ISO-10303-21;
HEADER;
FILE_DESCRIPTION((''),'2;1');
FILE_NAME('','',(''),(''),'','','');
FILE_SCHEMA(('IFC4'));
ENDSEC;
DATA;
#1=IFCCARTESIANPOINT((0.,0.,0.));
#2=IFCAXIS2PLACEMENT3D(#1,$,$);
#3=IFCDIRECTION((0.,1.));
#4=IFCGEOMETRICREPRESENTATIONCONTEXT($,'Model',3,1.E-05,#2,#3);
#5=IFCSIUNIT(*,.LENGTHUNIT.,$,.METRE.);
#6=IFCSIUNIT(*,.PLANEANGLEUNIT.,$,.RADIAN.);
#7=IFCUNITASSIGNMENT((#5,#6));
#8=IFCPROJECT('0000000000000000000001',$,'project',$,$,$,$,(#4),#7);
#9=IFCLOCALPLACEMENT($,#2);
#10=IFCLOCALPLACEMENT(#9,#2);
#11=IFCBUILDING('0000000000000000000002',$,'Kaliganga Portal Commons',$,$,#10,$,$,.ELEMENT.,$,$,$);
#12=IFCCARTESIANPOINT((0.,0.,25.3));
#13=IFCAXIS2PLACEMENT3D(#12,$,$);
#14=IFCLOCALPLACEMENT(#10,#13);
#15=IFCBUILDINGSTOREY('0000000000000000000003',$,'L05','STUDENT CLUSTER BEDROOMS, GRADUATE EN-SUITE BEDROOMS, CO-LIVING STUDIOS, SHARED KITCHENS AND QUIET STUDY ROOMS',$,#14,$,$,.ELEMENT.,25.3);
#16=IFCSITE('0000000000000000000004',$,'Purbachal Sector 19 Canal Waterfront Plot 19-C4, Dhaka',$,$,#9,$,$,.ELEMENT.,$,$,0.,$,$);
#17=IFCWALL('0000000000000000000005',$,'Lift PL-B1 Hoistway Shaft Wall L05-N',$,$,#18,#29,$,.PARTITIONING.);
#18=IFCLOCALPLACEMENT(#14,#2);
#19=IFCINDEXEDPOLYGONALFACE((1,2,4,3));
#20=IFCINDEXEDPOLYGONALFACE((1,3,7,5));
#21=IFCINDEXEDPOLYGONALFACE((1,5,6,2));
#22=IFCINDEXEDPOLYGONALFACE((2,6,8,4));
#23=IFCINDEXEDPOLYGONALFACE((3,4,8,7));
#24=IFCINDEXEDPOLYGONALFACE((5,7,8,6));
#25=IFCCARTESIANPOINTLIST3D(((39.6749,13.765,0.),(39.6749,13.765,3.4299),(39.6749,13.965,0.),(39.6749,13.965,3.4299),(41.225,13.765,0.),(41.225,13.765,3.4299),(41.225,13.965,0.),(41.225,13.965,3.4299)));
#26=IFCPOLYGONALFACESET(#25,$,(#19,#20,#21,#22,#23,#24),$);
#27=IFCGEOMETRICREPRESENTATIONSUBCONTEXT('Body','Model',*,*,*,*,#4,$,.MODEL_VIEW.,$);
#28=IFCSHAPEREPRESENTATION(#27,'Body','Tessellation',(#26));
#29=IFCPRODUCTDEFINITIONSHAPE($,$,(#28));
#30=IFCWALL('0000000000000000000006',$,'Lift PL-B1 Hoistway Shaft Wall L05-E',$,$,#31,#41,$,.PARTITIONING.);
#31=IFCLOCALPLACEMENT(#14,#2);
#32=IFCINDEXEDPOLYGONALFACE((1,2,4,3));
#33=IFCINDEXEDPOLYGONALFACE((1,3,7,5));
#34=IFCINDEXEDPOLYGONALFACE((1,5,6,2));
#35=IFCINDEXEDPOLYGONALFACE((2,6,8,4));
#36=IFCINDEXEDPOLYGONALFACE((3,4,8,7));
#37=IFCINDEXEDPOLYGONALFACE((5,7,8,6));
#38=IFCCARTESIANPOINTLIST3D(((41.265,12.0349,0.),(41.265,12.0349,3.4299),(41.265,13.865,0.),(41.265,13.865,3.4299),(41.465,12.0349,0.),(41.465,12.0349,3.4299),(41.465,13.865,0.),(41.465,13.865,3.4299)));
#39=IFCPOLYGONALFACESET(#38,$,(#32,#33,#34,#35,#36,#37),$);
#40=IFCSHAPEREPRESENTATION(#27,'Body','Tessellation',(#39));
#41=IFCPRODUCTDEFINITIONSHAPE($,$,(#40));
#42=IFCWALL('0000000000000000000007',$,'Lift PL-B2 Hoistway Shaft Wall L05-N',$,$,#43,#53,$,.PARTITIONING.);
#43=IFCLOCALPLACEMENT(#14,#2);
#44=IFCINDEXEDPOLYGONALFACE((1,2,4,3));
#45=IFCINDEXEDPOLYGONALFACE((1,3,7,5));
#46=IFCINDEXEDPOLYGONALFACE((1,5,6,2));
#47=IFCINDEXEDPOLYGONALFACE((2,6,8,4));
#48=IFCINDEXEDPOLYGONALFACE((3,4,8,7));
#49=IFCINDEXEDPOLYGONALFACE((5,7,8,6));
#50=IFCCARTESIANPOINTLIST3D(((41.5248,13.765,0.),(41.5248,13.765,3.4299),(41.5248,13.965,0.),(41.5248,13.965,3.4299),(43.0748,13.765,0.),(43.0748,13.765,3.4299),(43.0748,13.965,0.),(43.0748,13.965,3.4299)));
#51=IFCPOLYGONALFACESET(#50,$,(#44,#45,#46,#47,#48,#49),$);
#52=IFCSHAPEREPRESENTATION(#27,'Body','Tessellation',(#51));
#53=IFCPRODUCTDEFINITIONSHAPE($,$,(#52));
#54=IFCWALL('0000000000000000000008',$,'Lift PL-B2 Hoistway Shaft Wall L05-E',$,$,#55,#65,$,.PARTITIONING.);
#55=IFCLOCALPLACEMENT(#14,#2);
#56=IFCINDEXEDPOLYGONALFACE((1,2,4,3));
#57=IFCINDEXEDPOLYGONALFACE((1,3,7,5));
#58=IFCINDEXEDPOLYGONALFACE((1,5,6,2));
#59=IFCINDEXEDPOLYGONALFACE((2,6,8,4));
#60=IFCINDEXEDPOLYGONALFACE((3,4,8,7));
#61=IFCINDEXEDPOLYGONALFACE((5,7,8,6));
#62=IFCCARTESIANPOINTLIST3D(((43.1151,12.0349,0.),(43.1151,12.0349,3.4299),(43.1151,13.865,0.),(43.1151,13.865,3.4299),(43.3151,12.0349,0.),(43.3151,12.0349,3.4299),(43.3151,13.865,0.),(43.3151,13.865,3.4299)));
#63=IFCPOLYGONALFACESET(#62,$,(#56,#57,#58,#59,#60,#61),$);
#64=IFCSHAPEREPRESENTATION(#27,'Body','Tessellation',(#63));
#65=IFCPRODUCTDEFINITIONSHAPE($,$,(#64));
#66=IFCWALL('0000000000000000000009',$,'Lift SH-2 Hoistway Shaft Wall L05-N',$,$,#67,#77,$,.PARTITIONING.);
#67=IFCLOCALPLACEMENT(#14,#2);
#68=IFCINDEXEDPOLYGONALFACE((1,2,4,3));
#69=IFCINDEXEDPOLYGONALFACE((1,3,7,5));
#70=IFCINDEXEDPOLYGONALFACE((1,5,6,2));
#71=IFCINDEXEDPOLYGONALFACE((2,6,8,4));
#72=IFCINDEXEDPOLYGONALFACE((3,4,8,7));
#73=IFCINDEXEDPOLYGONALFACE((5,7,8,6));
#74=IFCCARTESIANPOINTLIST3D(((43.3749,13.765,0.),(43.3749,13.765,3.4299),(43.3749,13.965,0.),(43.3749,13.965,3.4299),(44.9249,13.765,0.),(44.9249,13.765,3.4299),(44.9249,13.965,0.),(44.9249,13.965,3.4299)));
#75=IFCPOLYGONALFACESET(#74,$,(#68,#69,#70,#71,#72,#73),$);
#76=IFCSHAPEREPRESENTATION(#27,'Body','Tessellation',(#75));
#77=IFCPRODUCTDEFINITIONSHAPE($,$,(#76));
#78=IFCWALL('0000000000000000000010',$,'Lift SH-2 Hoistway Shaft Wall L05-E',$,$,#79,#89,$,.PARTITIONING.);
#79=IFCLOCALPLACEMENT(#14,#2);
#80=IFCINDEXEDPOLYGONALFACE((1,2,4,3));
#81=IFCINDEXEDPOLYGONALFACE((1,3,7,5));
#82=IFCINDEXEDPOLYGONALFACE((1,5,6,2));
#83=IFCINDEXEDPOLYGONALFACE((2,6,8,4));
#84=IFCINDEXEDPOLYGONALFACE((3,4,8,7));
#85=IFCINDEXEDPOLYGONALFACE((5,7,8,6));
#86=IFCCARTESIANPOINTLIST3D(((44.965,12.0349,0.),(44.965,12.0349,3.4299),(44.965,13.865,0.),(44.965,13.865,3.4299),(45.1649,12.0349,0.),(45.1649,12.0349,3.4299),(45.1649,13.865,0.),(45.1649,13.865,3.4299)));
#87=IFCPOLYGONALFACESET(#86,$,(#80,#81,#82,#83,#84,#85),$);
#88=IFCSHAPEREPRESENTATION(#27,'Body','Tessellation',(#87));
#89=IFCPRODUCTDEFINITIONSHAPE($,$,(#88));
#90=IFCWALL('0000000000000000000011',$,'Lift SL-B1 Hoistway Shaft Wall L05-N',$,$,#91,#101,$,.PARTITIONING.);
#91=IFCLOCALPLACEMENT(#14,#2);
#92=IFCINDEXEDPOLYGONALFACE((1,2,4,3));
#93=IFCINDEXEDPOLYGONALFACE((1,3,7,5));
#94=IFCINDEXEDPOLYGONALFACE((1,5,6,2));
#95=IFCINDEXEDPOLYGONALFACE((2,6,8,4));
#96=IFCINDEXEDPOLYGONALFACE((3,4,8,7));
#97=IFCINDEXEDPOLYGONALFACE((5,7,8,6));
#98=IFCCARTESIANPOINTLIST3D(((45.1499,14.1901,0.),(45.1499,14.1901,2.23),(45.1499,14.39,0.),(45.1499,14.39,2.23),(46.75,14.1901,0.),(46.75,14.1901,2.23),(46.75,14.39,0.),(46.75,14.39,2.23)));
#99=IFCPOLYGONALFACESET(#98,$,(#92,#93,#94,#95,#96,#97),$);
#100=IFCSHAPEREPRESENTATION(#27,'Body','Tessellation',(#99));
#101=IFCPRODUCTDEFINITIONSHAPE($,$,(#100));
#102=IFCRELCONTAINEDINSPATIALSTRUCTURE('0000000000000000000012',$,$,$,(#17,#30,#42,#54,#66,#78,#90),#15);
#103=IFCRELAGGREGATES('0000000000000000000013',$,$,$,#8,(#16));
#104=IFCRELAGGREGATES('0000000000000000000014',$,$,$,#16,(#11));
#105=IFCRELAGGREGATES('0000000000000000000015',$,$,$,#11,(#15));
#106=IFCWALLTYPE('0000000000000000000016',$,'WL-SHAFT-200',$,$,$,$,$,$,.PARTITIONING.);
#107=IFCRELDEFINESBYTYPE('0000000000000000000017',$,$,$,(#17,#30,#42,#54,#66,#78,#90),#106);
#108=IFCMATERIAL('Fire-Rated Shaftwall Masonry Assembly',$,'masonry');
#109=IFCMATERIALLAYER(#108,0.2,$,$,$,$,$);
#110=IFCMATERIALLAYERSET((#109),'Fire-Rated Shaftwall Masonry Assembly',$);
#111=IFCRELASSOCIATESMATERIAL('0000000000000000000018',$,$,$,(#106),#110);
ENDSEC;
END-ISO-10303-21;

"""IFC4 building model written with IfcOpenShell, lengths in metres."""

from ifc_helpers import new_model, si_unit, direction, frame, frame_2d, origin, place, context, subcontext, project, spatial, rectangle, extrude, material, layer, layer_set, type_object, element, save


model = new_model("IFC4")

# Units and contexts
model_context = context("Model", 3, precision=1e-05, world=origin(), true_north=direction((0.0, 1.0)))
body_context = subcontext(model_context, "Body", "Model", "MODEL_VIEW")
ifc_project = project(units=[si_unit("LENGTHUNIT", "METRE"), si_unit("PLANEANGLEUNIT", "RADIAN")], contexts=[model_context])

# Site, building, storey
site_placement = place(None, origin())
site = spatial("IfcSite", under=ifc_project, at=site_placement, Name="Purbachal Sector 19 Canal Waterfront Plot 19-C4, Dhaka", CompositionType="ELEMENT", RefElevation=0.0)
building_placement = place(site_placement, origin())
building = spatial("IfcBuilding", under=site, at=building_placement, Name="Kaliganga Portal Commons", CompositionType="ELEMENT")
storey_placement = place(building_placement, frame((0.0, 0.0, 25.3)))
storey = spatial("IfcBuildingStorey", under=building, at=storey_placement, Name="L05", Description="STUDENT CLUSTER BEDROOMS, GRADUATE EN-SUITE BEDROOMS, CO-LIVING STUDIOS, SHARED KITCHENS AND QUIET STUDY ROOMS", CompositionType="ELEMENT", Elevation=25.3)

# Walls
ifc_material_1 = material(Name="Fire-Rated Shaftwall Masonry Assembly", Category="masonry")
ifc_layer_1 = layer(ifc_material_1, 0.2)
ifc_layer_set_1 = layer_set([ifc_layer_1], Name="Fire-Rated Shaftwall Masonry Assembly")
wall_type_1 = type_object("IfcWallType", Name="WL-SHAFT-200", PredefinedType="PARTITIONING", material=ifc_layer_set_1)
wall_1_placement = place(storey_placement, frame((39.675, 13.865, 0.0), z_axis=(0.0, 0.0, 1.0), x_axis=(1.0, 0.0, 0.0)))
element("IfcWall", 1, at=wall_1_placement, inside=storey, type_object=wall_type_1, Name="Lift PL-B1 Hoistway Shaft Wall L05-N", PredefinedType="PARTITIONING", context=body_context, shape_type="SweptSolid", body=[
    extrude(rectangle(XDim=1.55, YDim=0.2, at=frame_2d((0.7749, 0.0))), origin(), (0.0, 0.0, 1.0), 3.4299),
])
wall_2_placement = place(storey_placement, frame((41.365, 12.0349, 0.0), z_axis=(0.0, 0.0, 1.0), x_axis=(0.0, 1.0, 0.0)))
element("IfcWall", 2, at=wall_2_placement, inside=storey, type_object=wall_type_1, Name="Lift PL-B1 Hoistway Shaft Wall L05-E", PredefinedType="PARTITIONING", context=body_context, shape_type="SweptSolid", body=[
    extrude(rectangle(XDim=1.8301, YDim=0.2, at=frame_2d((0.915, 0.0))), origin(), (0.0, 0.0, 1.0), 3.4299),
])

# Walls
wall_3_placement = place(storey_placement, frame((41.5249, 13.865, 0.0), z_axis=(0.0, 0.0, 1.0), x_axis=(1.0, 0.0, 0.0)))
element("IfcWall", 3, at=wall_3_placement, inside=storey, type_object=wall_type_1, Name="Lift PL-B2 Hoistway Shaft Wall L05-N", PredefinedType="PARTITIONING", context=body_context, shape_type="SweptSolid", body=[
    extrude(rectangle(XDim=1.55, YDim=0.2, at=frame_2d((0.7749, 0.0))), origin(), (0.0, 0.0, 1.0), 3.4299),
])
wall_4_placement = place(storey_placement, frame((43.2151, 12.0349, 0.0), z_axis=(0.0, 0.0, 1.0), x_axis=(0.0, 1.0, 0.0)))
element("IfcWall", 4, at=wall_4_placement, inside=storey, type_object=wall_type_1, Name="Lift PL-B2 Hoistway Shaft Wall L05-E", PredefinedType="PARTITIONING", context=body_context, shape_type="SweptSolid", body=[
    extrude(rectangle(XDim=1.8301, YDim=0.2, at=frame_2d((0.915, 0.0))), origin(), (0.0, 0.0, 1.0), 3.4299),
])

# Walls
wall_5_placement = place(storey_placement, frame((43.375, 13.865, 0.0), z_axis=(0.0, 0.0, 1.0), x_axis=(1.0, 0.0, 0.0)))
element("IfcWall", 5, at=wall_5_placement, inside=storey, type_object=wall_type_1, Name="Lift SH-2 Hoistway Shaft Wall L05-N", PredefinedType="PARTITIONING", context=body_context, shape_type="SweptSolid", body=[
    extrude(rectangle(XDim=1.55, YDim=0.2, at=frame_2d((0.7749, 0.0))), origin(), (0.0, 0.0, 1.0), 3.4299),
])
wall_6_placement = place(storey_placement, frame((45.0649, 12.0349, 0.0), z_axis=(0.0, 0.0, 1.0), x_axis=(0.0, 1.0, 0.0)))
element("IfcWall", 6, at=wall_6_placement, inside=storey, type_object=wall_type_1, Name="Lift SH-2 Hoistway Shaft Wall L05-E", PredefinedType="PARTITIONING", context=body_context, shape_type="SweptSolid", body=[
    extrude(rectangle(XDim=1.8301, YDim=0.2, at=frame_2d((0.915, 0.0))), origin(), (0.0, 0.0, 1.0), 3.4299),
])
wall_7_placement = place(storey_placement, frame((45.1499, 14.29, 0.0), z_axis=(0.0, 0.0, 1.0), x_axis=(1.0, 0.0, 0.0)))
element("IfcWall", 7, at=wall_7_placement, inside=storey, type_object=wall_type_1, Name="Lift SL-B1 Hoistway Shaft Wall L05-N", PredefinedType="PARTITIONING", context=body_context, shape_type="SweptSolid", body=[
    extrude(rectangle(XDim=1.6001, YDim=0.2, at=frame_2d((0.8, 0.0))), origin(), (0.0, 0.0, 1.0), 2.23),
])

save(model, "model.ifc")
